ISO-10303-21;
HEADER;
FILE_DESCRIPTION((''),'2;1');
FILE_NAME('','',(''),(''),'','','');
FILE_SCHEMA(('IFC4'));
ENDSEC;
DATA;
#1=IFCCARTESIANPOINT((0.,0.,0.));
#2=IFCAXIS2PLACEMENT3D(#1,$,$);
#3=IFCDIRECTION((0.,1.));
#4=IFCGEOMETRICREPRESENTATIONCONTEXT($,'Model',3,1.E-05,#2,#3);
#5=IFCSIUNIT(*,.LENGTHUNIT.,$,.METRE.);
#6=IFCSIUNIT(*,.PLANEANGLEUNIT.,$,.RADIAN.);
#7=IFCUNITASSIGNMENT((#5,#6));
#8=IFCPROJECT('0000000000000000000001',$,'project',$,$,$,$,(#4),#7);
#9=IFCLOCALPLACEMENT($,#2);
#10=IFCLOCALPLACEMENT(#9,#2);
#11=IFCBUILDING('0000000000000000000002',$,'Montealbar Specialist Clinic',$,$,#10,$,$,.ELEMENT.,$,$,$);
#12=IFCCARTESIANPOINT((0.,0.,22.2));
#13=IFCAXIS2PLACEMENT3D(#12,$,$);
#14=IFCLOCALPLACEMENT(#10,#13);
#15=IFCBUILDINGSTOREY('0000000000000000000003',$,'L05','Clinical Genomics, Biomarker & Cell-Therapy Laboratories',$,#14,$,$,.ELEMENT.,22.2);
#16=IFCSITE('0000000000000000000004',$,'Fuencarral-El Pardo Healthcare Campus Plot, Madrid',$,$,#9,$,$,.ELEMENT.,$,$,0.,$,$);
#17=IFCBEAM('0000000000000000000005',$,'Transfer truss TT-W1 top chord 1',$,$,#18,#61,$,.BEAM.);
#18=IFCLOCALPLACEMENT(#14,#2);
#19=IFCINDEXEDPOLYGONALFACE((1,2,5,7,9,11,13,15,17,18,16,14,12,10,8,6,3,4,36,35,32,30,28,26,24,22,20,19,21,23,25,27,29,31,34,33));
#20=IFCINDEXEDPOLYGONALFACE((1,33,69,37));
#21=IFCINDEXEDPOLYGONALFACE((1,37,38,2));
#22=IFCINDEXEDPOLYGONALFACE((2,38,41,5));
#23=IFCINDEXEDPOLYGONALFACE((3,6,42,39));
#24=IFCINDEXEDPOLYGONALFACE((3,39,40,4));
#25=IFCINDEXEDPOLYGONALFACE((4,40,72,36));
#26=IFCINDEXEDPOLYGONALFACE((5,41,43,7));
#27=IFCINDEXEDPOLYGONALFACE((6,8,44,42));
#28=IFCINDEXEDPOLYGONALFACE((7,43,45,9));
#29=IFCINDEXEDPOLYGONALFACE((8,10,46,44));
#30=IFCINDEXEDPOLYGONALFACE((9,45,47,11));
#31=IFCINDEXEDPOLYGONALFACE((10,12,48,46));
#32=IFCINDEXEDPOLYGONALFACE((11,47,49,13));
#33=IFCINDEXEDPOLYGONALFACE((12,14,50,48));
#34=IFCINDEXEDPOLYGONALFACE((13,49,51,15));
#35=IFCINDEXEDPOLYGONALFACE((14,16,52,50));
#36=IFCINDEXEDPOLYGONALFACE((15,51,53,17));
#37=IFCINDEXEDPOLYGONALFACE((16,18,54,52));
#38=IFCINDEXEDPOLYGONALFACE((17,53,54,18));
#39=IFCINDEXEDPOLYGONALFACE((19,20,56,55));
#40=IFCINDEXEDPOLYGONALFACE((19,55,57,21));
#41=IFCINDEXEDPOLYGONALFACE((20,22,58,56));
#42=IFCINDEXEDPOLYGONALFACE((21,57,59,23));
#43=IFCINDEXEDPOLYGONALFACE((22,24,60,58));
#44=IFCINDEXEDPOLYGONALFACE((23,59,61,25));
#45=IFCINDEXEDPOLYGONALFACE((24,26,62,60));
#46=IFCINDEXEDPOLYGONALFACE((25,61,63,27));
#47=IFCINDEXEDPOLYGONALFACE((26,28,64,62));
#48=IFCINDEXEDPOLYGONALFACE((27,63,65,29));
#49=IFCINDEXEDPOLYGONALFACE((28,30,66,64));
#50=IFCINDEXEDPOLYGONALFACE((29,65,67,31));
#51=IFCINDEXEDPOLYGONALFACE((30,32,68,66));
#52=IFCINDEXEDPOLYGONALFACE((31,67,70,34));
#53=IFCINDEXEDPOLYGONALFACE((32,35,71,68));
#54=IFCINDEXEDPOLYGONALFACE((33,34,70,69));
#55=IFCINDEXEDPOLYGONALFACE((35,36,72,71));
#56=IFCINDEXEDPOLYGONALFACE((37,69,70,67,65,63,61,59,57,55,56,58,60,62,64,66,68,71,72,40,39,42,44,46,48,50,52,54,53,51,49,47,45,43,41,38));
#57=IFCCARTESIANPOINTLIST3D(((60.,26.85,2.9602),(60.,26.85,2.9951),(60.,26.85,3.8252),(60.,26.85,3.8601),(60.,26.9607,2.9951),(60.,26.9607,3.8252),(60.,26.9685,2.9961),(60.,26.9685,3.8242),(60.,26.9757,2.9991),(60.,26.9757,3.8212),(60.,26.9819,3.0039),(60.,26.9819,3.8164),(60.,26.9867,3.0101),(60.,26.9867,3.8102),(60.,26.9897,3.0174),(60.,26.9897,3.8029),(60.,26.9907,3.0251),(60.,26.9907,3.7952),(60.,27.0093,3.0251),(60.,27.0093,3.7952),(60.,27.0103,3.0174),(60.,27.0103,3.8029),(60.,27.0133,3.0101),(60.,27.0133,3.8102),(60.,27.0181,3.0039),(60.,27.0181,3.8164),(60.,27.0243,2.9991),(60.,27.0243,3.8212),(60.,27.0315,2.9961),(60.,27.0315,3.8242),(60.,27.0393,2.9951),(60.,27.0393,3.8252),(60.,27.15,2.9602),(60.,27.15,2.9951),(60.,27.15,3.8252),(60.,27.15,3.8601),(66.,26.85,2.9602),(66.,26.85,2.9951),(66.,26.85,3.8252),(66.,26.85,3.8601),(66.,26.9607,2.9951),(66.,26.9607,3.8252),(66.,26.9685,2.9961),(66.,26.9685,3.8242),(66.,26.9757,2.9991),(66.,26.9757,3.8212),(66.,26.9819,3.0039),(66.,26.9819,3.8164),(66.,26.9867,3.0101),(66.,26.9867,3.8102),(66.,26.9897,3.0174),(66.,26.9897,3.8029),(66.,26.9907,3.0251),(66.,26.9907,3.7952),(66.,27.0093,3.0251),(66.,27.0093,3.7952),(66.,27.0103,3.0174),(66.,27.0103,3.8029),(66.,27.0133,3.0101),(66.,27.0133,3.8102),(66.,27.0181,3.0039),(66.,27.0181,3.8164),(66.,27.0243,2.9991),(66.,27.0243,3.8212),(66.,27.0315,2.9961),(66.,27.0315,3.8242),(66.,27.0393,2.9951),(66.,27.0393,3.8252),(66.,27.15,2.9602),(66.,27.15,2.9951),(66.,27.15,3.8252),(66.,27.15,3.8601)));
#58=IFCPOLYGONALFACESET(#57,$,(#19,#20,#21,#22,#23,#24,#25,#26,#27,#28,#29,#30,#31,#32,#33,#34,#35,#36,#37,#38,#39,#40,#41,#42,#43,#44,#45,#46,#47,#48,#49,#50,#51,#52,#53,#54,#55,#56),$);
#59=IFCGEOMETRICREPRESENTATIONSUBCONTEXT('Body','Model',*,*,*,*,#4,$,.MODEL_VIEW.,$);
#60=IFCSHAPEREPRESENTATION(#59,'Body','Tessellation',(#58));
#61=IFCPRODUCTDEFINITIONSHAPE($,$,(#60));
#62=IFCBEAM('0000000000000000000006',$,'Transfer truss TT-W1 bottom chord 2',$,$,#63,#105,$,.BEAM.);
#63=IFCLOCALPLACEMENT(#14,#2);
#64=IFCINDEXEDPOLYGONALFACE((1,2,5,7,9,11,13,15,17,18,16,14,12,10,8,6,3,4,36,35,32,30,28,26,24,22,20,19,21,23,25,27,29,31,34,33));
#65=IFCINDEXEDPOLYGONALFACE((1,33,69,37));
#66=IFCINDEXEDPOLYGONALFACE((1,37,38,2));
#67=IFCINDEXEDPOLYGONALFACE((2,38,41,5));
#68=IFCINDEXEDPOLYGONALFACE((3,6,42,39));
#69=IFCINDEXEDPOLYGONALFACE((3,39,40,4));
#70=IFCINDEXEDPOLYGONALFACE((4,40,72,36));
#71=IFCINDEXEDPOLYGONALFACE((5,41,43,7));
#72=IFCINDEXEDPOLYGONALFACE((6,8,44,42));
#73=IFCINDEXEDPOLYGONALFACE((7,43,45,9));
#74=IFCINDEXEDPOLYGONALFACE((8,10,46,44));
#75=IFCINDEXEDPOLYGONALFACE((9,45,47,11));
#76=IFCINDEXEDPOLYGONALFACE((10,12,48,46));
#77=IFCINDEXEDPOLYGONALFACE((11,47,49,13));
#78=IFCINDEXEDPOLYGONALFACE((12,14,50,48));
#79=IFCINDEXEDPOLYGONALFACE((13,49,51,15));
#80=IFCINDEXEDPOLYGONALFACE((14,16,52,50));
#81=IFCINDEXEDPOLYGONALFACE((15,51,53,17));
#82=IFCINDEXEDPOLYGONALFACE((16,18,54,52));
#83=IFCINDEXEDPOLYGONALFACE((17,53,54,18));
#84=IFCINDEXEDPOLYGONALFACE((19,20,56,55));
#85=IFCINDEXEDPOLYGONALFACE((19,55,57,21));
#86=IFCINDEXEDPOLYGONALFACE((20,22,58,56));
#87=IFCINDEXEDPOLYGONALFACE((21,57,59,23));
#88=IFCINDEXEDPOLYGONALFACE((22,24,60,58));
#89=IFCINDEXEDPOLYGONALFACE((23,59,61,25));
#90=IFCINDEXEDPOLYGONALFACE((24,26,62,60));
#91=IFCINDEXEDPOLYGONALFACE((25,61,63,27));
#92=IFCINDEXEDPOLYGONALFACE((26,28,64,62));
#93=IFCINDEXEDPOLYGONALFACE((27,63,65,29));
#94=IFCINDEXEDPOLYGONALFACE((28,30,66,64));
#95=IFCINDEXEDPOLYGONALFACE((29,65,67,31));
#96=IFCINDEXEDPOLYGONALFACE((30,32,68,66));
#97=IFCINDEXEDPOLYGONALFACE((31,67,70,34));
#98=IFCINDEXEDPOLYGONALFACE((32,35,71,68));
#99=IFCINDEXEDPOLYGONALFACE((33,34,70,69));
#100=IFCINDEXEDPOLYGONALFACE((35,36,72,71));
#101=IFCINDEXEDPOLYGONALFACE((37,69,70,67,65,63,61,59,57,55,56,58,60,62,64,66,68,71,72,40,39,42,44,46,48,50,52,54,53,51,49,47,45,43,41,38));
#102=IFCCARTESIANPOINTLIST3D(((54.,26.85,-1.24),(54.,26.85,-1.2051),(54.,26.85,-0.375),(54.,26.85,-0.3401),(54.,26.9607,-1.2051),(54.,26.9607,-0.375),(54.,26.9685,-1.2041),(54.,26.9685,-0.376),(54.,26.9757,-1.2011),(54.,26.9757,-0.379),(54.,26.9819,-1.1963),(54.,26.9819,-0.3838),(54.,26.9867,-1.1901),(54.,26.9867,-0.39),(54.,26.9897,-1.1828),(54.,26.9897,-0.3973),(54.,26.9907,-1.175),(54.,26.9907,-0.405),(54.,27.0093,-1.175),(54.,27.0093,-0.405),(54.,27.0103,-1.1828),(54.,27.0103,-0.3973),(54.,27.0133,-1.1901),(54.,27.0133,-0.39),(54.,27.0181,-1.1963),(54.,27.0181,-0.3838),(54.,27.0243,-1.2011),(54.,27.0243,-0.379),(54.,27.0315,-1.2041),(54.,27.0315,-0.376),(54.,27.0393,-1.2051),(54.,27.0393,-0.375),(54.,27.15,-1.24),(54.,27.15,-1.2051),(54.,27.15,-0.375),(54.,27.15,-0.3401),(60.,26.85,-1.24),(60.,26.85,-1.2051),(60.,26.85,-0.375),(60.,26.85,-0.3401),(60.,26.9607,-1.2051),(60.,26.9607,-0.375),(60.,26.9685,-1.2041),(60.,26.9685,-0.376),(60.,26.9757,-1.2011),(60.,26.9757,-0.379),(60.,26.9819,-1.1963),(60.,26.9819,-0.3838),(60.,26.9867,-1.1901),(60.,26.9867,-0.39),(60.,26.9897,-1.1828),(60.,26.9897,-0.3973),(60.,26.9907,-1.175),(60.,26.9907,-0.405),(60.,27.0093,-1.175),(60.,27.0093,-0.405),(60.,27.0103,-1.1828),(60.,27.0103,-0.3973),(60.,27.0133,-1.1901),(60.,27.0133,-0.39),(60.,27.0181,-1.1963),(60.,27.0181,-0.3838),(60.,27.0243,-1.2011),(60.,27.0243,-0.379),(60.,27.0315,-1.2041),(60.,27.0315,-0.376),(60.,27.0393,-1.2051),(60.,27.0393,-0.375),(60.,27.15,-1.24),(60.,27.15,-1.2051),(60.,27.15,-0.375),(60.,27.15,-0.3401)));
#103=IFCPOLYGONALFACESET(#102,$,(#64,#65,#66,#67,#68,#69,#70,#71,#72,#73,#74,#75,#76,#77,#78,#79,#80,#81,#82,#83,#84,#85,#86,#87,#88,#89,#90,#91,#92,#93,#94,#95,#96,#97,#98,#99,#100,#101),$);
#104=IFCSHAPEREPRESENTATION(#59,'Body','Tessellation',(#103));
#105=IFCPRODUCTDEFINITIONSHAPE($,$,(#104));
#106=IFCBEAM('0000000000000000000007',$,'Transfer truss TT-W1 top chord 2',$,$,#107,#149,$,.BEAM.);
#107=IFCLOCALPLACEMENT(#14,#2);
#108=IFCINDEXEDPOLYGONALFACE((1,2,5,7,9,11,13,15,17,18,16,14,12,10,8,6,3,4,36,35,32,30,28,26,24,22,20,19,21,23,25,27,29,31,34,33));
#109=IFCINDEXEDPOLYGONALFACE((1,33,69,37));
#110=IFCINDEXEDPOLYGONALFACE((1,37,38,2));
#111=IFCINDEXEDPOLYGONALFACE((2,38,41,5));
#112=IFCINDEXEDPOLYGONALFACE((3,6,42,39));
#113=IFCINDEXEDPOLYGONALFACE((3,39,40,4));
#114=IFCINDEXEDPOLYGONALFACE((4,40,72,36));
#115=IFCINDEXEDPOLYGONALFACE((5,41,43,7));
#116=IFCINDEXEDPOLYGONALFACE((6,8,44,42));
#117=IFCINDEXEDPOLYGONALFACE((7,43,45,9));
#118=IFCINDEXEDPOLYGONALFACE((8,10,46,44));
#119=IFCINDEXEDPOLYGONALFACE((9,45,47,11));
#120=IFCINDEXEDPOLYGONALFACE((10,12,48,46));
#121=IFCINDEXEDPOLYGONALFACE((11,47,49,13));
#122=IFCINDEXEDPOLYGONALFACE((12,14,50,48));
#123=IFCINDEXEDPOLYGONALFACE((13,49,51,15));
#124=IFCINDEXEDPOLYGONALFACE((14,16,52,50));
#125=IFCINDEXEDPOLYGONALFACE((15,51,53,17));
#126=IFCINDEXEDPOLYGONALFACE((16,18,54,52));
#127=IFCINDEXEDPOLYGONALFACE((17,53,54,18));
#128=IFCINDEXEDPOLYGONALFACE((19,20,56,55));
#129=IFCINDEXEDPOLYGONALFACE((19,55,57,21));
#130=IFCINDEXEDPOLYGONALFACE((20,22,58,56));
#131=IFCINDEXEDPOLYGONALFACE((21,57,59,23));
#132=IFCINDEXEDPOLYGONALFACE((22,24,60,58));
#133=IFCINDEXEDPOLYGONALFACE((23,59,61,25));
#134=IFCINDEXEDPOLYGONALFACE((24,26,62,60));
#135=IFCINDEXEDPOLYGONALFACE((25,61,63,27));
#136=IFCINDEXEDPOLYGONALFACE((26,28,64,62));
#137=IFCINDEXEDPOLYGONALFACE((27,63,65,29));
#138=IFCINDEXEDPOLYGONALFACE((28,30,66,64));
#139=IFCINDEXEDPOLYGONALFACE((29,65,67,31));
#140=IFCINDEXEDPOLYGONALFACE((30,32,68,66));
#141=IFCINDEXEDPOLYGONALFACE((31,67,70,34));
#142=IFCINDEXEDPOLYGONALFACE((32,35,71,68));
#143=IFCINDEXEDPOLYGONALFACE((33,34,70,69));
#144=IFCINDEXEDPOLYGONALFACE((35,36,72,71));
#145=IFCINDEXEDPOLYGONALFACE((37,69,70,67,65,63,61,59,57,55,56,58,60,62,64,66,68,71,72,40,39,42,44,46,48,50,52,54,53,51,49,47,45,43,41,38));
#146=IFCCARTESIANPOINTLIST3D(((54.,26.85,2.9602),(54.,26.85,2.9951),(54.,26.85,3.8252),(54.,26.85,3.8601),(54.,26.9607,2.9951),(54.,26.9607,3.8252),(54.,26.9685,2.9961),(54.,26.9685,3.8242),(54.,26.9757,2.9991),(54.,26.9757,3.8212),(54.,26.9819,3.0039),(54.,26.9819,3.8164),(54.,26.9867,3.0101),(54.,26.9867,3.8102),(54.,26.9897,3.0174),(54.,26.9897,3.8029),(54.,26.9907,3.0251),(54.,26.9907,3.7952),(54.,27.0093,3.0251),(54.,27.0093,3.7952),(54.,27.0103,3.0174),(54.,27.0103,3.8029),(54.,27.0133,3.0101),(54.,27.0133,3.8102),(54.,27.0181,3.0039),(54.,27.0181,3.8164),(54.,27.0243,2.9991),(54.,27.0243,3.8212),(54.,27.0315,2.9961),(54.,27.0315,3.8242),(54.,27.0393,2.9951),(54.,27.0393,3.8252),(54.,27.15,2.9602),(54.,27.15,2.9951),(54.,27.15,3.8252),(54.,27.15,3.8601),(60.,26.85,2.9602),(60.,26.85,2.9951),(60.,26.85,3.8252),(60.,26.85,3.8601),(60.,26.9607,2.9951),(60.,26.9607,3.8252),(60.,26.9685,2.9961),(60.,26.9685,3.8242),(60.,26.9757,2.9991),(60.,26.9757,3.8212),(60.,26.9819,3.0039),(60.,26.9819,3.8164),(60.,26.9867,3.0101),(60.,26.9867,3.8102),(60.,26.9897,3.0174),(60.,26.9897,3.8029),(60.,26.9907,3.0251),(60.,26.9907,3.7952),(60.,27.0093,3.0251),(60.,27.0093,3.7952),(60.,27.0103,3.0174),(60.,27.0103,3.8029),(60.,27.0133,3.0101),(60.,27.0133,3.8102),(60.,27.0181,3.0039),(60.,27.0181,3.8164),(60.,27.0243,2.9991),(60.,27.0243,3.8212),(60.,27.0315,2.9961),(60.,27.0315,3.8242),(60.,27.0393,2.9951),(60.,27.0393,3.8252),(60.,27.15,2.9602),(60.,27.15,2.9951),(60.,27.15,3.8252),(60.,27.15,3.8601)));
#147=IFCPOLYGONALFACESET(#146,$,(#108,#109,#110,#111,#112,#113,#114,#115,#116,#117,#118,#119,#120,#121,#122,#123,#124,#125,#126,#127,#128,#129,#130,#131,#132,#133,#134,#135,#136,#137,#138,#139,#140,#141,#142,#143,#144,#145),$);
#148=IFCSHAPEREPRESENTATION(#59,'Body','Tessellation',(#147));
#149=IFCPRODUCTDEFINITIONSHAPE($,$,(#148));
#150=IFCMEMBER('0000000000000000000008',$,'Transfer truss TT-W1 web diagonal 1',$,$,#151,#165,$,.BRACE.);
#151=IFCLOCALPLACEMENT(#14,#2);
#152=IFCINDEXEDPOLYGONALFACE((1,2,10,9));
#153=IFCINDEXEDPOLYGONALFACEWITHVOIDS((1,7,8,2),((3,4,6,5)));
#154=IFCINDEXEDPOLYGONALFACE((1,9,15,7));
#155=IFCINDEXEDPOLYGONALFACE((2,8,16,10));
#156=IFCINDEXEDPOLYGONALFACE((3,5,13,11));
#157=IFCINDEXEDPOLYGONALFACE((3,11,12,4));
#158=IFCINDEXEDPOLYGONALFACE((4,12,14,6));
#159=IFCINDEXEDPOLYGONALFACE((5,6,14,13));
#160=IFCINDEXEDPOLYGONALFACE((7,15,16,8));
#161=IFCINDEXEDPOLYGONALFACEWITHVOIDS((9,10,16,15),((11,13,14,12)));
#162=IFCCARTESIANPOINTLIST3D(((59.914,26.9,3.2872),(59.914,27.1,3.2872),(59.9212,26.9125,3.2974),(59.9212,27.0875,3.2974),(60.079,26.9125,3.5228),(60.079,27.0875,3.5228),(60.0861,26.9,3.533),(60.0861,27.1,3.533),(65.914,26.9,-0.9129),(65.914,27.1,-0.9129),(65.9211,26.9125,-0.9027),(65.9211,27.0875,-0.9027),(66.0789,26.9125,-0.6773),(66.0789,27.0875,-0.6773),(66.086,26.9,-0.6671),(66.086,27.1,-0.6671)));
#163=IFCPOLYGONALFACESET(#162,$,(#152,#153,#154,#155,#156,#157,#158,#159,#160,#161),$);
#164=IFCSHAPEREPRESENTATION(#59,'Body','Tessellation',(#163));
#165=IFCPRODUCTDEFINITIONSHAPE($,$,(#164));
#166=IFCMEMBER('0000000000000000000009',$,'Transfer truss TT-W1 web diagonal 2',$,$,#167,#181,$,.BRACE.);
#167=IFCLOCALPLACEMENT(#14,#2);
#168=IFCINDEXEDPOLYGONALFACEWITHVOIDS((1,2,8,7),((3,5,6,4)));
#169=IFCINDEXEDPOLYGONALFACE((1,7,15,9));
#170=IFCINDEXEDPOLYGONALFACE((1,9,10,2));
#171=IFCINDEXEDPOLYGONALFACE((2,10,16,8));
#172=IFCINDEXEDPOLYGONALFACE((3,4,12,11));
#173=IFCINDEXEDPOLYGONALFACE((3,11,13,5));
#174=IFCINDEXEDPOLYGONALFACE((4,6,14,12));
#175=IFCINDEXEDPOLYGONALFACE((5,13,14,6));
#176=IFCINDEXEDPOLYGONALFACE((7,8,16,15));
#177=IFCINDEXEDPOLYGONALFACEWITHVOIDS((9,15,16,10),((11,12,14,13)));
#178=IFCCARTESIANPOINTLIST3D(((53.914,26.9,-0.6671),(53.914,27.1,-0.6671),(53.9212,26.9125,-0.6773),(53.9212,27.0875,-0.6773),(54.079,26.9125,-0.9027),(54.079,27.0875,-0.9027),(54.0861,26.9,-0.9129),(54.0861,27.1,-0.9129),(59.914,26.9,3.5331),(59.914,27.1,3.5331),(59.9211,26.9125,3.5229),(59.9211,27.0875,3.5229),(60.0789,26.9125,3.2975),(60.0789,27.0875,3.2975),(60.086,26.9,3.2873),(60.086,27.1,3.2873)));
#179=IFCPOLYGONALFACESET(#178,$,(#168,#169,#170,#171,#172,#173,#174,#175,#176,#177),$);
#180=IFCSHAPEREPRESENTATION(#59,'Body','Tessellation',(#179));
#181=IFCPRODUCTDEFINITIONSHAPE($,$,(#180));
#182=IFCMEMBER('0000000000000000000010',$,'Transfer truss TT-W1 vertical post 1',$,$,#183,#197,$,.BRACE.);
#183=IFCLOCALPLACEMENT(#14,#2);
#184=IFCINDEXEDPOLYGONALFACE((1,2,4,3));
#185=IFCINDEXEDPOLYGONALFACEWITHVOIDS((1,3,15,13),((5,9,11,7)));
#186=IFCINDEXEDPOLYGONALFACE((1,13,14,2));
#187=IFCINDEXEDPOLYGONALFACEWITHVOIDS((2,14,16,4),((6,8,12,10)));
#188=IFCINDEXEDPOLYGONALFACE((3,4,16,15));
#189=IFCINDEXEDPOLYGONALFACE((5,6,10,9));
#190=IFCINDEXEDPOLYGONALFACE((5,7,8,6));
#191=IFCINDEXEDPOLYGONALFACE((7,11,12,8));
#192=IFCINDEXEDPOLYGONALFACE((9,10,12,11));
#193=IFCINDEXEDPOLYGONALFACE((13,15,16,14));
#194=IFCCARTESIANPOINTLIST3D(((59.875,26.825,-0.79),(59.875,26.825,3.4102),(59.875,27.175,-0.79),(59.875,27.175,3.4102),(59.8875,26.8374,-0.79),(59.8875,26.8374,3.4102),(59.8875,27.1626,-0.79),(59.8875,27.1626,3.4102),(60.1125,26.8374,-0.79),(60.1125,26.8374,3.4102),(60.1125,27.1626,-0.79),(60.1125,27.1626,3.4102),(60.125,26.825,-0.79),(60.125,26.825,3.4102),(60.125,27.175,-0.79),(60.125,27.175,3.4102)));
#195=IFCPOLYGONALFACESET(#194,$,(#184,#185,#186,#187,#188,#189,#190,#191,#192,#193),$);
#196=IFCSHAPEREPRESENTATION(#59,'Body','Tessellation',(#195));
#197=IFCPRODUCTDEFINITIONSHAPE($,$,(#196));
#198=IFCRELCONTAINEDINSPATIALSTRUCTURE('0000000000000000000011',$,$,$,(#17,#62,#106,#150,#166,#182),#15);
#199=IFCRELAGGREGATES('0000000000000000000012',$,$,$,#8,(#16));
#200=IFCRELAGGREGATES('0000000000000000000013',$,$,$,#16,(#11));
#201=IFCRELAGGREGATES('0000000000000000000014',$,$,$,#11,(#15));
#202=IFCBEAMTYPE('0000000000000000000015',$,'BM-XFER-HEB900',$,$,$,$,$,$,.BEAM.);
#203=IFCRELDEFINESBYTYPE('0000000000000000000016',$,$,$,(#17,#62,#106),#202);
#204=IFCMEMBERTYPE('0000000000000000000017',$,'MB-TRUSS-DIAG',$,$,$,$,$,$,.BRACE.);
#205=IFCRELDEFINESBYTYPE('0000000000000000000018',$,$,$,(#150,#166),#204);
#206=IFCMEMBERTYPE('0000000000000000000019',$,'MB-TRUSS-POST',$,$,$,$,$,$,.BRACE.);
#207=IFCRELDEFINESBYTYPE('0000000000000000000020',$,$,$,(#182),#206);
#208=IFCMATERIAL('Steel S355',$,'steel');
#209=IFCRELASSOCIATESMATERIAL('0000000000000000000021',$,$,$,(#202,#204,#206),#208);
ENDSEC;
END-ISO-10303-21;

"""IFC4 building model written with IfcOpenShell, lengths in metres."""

from ifc_helpers import new_model, si_unit, direction, frame, origin, origin_2d, place, context, subcontext, project, spatial, hollow_rectangle, i_section, extrude, material, material_profile, profile_set, type_object, element, save


model = new_model("IFC4")

# Units and contexts
model_context = context("Model", 3, precision=1e-05, world=origin(), true_north=direction((0.0, 1.0)))
body_context = subcontext(model_context, "Body", "Model", "MODEL_VIEW")
ifc_project = project(units=[si_unit("LENGTHUNIT", "METRE"), si_unit("PLANEANGLEUNIT", "RADIAN")], contexts=[model_context])

# Site, building, storey
site_placement = place(None, origin())
site = spatial("IfcSite", under=ifc_project, at=site_placement, Name="Fuencarral-El Pardo Healthcare Campus Plot, Madrid", CompositionType="ELEMENT", RefElevation=0.0)
building_placement = place(site_placement, origin())
building = spatial("IfcBuilding", under=site, at=building_placement, Name="Montealbar Specialist Clinic", CompositionType="ELEMENT")
storey_placement = place(building_placement, frame((0.0, 0.0, 22.2)))
storey = spatial("IfcBuildingStorey", under=building, at=storey_placement, Name="L05", Description="Clinical Genomics, Biomarker & Cell-Therapy Laboratories", CompositionType="ELEMENT", Elevation=22.2)

# Shared definitions
ifc_material_1 = material(Name="Steel S355", Category="steel")

# Beams
ifc_material_profile_1 = material_profile(ifc_material_1, i_section(OverallWidth=0.3, OverallDepth=0.8999, WebThickness=0.0186, FlangeThickness=0.0349, FilletRadius=0.03, at=origin_2d()), Name="HEB 900", Category="steel")
ifc_profile_set_1 = profile_set([ifc_material_profile_1], Name="Steel S355")
beam_type_1 = type_object("IfcBeamType", Name="BM-XFER-HEB900", PredefinedType="BEAM", material=ifc_profile_set_1)
for number, where, z_axis, x_axis, name in (
    (1, (66.0, 27.0, 3.4102), (-1.0, 0.0, 0.0), (0.0, -1.0, 0.0), "Transfer truss TT-W1 top chord 1"),
    (2, (60.0, 27.0, -0.79), (-1.0, 0.0, 0.0), (0.0, -1.0, 0.0), "Transfer truss TT-W1 bottom chord 2"),
    (3, (60.0, 27.0, 3.4102), (-1.0, 0.0, 0.0), (0.0, -1.0, 0.0), "Transfer truss TT-W1 top chord 2"),
):
    element("IfcBeam", number, at=place(storey_placement, frame(where, z_axis=z_axis, x_axis=x_axis)), inside=storey, type_object=beam_type_1, Name=name, PredefinedType="BEAM", context=body_context, shape_type="SweptSolid", body=[
        extrude(i_section(OverallWidth=0.3, OverallDepth=0.8999, WebThickness=0.0186, FlangeThickness=0.0349, FilletRadius=0.03, at=origin_2d()), origin(), (0.0, 0.0, 1.0), 6.0),
    ])

# Members
ifc_material_profile_2 = material_profile(ifc_material_1, hollow_rectangle(XDim=0.2, YDim=0.3, WallThickness=0.0125, at=origin_2d()), Name="RHS 300x200x12.5", Category="steel")
ifc_profile_set_2 = profile_set([ifc_material_profile_2], Name="Steel S355")
member_type_1 = type_object("IfcMemberType", Name="MB-TRUSS-DIAG", PredefinedType="BRACE", material=ifc_profile_set_2)
for number, where, z_axis, x_axis, name in (
    (4, (66.0, 27.0, -0.79), (-0.819219, 0.0, 0.57348), (0.0, -1.0, 0.0), "Transfer truss TT-W1 web diagonal 1"),
    (5, (60.0, 27.0, 3.4102), (-0.819219, 0.0, -0.57348), (0.0, -1.0, 0.0), "Transfer truss TT-W1 web diagonal 2"),
):
    element("IfcMember", number, at=place(storey_placement, frame(where, z_axis=z_axis, x_axis=x_axis)), inside=storey, type_object=member_type_1, Name=name, PredefinedType="BRACE", context=body_context, shape_type="SweptSolid", body=[
        extrude(hollow_rectangle(XDim=0.2, YDim=0.3, WallThickness=0.0125, at=origin_2d()), origin(), (0.0, 0.0, 1.0), 7.324),
    ])
ifc_material_profile_3 = material_profile(ifc_material_1, hollow_rectangle(XDim=0.25, YDim=0.3501, WallThickness=0.0125, at=origin_2d()), Name="RHS 350x250x12.5", Category="steel")
ifc_profile_set_3 = profile_set([ifc_material_profile_3], Name="Steel S355")
member_type_2 = type_object("IfcMemberType", Name="MB-TRUSS-POST", PredefinedType="BRACE", material=ifc_profile_set_3)
member_placement = place(storey_placement, frame((60.0, 27.0, -0.79), z_axis=(0.0, 0.0, 1.0), x_axis=(1.0, 0.0, 0.0)))
element("IfcMember", 6, at=member_placement, inside=storey, type_object=member_type_2, Name="Transfer truss TT-W1 vertical post 1", PredefinedType="BRACE", context=body_context, shape_type="SweptSolid", body=[
    extrude(hollow_rectangle(XDim=0.25, YDim=0.3501, WallThickness=0.0125, at=origin_2d()), origin(), (0.0, 0.0, 1.0), 4.2002),
])

save(model, "model.ifc")
